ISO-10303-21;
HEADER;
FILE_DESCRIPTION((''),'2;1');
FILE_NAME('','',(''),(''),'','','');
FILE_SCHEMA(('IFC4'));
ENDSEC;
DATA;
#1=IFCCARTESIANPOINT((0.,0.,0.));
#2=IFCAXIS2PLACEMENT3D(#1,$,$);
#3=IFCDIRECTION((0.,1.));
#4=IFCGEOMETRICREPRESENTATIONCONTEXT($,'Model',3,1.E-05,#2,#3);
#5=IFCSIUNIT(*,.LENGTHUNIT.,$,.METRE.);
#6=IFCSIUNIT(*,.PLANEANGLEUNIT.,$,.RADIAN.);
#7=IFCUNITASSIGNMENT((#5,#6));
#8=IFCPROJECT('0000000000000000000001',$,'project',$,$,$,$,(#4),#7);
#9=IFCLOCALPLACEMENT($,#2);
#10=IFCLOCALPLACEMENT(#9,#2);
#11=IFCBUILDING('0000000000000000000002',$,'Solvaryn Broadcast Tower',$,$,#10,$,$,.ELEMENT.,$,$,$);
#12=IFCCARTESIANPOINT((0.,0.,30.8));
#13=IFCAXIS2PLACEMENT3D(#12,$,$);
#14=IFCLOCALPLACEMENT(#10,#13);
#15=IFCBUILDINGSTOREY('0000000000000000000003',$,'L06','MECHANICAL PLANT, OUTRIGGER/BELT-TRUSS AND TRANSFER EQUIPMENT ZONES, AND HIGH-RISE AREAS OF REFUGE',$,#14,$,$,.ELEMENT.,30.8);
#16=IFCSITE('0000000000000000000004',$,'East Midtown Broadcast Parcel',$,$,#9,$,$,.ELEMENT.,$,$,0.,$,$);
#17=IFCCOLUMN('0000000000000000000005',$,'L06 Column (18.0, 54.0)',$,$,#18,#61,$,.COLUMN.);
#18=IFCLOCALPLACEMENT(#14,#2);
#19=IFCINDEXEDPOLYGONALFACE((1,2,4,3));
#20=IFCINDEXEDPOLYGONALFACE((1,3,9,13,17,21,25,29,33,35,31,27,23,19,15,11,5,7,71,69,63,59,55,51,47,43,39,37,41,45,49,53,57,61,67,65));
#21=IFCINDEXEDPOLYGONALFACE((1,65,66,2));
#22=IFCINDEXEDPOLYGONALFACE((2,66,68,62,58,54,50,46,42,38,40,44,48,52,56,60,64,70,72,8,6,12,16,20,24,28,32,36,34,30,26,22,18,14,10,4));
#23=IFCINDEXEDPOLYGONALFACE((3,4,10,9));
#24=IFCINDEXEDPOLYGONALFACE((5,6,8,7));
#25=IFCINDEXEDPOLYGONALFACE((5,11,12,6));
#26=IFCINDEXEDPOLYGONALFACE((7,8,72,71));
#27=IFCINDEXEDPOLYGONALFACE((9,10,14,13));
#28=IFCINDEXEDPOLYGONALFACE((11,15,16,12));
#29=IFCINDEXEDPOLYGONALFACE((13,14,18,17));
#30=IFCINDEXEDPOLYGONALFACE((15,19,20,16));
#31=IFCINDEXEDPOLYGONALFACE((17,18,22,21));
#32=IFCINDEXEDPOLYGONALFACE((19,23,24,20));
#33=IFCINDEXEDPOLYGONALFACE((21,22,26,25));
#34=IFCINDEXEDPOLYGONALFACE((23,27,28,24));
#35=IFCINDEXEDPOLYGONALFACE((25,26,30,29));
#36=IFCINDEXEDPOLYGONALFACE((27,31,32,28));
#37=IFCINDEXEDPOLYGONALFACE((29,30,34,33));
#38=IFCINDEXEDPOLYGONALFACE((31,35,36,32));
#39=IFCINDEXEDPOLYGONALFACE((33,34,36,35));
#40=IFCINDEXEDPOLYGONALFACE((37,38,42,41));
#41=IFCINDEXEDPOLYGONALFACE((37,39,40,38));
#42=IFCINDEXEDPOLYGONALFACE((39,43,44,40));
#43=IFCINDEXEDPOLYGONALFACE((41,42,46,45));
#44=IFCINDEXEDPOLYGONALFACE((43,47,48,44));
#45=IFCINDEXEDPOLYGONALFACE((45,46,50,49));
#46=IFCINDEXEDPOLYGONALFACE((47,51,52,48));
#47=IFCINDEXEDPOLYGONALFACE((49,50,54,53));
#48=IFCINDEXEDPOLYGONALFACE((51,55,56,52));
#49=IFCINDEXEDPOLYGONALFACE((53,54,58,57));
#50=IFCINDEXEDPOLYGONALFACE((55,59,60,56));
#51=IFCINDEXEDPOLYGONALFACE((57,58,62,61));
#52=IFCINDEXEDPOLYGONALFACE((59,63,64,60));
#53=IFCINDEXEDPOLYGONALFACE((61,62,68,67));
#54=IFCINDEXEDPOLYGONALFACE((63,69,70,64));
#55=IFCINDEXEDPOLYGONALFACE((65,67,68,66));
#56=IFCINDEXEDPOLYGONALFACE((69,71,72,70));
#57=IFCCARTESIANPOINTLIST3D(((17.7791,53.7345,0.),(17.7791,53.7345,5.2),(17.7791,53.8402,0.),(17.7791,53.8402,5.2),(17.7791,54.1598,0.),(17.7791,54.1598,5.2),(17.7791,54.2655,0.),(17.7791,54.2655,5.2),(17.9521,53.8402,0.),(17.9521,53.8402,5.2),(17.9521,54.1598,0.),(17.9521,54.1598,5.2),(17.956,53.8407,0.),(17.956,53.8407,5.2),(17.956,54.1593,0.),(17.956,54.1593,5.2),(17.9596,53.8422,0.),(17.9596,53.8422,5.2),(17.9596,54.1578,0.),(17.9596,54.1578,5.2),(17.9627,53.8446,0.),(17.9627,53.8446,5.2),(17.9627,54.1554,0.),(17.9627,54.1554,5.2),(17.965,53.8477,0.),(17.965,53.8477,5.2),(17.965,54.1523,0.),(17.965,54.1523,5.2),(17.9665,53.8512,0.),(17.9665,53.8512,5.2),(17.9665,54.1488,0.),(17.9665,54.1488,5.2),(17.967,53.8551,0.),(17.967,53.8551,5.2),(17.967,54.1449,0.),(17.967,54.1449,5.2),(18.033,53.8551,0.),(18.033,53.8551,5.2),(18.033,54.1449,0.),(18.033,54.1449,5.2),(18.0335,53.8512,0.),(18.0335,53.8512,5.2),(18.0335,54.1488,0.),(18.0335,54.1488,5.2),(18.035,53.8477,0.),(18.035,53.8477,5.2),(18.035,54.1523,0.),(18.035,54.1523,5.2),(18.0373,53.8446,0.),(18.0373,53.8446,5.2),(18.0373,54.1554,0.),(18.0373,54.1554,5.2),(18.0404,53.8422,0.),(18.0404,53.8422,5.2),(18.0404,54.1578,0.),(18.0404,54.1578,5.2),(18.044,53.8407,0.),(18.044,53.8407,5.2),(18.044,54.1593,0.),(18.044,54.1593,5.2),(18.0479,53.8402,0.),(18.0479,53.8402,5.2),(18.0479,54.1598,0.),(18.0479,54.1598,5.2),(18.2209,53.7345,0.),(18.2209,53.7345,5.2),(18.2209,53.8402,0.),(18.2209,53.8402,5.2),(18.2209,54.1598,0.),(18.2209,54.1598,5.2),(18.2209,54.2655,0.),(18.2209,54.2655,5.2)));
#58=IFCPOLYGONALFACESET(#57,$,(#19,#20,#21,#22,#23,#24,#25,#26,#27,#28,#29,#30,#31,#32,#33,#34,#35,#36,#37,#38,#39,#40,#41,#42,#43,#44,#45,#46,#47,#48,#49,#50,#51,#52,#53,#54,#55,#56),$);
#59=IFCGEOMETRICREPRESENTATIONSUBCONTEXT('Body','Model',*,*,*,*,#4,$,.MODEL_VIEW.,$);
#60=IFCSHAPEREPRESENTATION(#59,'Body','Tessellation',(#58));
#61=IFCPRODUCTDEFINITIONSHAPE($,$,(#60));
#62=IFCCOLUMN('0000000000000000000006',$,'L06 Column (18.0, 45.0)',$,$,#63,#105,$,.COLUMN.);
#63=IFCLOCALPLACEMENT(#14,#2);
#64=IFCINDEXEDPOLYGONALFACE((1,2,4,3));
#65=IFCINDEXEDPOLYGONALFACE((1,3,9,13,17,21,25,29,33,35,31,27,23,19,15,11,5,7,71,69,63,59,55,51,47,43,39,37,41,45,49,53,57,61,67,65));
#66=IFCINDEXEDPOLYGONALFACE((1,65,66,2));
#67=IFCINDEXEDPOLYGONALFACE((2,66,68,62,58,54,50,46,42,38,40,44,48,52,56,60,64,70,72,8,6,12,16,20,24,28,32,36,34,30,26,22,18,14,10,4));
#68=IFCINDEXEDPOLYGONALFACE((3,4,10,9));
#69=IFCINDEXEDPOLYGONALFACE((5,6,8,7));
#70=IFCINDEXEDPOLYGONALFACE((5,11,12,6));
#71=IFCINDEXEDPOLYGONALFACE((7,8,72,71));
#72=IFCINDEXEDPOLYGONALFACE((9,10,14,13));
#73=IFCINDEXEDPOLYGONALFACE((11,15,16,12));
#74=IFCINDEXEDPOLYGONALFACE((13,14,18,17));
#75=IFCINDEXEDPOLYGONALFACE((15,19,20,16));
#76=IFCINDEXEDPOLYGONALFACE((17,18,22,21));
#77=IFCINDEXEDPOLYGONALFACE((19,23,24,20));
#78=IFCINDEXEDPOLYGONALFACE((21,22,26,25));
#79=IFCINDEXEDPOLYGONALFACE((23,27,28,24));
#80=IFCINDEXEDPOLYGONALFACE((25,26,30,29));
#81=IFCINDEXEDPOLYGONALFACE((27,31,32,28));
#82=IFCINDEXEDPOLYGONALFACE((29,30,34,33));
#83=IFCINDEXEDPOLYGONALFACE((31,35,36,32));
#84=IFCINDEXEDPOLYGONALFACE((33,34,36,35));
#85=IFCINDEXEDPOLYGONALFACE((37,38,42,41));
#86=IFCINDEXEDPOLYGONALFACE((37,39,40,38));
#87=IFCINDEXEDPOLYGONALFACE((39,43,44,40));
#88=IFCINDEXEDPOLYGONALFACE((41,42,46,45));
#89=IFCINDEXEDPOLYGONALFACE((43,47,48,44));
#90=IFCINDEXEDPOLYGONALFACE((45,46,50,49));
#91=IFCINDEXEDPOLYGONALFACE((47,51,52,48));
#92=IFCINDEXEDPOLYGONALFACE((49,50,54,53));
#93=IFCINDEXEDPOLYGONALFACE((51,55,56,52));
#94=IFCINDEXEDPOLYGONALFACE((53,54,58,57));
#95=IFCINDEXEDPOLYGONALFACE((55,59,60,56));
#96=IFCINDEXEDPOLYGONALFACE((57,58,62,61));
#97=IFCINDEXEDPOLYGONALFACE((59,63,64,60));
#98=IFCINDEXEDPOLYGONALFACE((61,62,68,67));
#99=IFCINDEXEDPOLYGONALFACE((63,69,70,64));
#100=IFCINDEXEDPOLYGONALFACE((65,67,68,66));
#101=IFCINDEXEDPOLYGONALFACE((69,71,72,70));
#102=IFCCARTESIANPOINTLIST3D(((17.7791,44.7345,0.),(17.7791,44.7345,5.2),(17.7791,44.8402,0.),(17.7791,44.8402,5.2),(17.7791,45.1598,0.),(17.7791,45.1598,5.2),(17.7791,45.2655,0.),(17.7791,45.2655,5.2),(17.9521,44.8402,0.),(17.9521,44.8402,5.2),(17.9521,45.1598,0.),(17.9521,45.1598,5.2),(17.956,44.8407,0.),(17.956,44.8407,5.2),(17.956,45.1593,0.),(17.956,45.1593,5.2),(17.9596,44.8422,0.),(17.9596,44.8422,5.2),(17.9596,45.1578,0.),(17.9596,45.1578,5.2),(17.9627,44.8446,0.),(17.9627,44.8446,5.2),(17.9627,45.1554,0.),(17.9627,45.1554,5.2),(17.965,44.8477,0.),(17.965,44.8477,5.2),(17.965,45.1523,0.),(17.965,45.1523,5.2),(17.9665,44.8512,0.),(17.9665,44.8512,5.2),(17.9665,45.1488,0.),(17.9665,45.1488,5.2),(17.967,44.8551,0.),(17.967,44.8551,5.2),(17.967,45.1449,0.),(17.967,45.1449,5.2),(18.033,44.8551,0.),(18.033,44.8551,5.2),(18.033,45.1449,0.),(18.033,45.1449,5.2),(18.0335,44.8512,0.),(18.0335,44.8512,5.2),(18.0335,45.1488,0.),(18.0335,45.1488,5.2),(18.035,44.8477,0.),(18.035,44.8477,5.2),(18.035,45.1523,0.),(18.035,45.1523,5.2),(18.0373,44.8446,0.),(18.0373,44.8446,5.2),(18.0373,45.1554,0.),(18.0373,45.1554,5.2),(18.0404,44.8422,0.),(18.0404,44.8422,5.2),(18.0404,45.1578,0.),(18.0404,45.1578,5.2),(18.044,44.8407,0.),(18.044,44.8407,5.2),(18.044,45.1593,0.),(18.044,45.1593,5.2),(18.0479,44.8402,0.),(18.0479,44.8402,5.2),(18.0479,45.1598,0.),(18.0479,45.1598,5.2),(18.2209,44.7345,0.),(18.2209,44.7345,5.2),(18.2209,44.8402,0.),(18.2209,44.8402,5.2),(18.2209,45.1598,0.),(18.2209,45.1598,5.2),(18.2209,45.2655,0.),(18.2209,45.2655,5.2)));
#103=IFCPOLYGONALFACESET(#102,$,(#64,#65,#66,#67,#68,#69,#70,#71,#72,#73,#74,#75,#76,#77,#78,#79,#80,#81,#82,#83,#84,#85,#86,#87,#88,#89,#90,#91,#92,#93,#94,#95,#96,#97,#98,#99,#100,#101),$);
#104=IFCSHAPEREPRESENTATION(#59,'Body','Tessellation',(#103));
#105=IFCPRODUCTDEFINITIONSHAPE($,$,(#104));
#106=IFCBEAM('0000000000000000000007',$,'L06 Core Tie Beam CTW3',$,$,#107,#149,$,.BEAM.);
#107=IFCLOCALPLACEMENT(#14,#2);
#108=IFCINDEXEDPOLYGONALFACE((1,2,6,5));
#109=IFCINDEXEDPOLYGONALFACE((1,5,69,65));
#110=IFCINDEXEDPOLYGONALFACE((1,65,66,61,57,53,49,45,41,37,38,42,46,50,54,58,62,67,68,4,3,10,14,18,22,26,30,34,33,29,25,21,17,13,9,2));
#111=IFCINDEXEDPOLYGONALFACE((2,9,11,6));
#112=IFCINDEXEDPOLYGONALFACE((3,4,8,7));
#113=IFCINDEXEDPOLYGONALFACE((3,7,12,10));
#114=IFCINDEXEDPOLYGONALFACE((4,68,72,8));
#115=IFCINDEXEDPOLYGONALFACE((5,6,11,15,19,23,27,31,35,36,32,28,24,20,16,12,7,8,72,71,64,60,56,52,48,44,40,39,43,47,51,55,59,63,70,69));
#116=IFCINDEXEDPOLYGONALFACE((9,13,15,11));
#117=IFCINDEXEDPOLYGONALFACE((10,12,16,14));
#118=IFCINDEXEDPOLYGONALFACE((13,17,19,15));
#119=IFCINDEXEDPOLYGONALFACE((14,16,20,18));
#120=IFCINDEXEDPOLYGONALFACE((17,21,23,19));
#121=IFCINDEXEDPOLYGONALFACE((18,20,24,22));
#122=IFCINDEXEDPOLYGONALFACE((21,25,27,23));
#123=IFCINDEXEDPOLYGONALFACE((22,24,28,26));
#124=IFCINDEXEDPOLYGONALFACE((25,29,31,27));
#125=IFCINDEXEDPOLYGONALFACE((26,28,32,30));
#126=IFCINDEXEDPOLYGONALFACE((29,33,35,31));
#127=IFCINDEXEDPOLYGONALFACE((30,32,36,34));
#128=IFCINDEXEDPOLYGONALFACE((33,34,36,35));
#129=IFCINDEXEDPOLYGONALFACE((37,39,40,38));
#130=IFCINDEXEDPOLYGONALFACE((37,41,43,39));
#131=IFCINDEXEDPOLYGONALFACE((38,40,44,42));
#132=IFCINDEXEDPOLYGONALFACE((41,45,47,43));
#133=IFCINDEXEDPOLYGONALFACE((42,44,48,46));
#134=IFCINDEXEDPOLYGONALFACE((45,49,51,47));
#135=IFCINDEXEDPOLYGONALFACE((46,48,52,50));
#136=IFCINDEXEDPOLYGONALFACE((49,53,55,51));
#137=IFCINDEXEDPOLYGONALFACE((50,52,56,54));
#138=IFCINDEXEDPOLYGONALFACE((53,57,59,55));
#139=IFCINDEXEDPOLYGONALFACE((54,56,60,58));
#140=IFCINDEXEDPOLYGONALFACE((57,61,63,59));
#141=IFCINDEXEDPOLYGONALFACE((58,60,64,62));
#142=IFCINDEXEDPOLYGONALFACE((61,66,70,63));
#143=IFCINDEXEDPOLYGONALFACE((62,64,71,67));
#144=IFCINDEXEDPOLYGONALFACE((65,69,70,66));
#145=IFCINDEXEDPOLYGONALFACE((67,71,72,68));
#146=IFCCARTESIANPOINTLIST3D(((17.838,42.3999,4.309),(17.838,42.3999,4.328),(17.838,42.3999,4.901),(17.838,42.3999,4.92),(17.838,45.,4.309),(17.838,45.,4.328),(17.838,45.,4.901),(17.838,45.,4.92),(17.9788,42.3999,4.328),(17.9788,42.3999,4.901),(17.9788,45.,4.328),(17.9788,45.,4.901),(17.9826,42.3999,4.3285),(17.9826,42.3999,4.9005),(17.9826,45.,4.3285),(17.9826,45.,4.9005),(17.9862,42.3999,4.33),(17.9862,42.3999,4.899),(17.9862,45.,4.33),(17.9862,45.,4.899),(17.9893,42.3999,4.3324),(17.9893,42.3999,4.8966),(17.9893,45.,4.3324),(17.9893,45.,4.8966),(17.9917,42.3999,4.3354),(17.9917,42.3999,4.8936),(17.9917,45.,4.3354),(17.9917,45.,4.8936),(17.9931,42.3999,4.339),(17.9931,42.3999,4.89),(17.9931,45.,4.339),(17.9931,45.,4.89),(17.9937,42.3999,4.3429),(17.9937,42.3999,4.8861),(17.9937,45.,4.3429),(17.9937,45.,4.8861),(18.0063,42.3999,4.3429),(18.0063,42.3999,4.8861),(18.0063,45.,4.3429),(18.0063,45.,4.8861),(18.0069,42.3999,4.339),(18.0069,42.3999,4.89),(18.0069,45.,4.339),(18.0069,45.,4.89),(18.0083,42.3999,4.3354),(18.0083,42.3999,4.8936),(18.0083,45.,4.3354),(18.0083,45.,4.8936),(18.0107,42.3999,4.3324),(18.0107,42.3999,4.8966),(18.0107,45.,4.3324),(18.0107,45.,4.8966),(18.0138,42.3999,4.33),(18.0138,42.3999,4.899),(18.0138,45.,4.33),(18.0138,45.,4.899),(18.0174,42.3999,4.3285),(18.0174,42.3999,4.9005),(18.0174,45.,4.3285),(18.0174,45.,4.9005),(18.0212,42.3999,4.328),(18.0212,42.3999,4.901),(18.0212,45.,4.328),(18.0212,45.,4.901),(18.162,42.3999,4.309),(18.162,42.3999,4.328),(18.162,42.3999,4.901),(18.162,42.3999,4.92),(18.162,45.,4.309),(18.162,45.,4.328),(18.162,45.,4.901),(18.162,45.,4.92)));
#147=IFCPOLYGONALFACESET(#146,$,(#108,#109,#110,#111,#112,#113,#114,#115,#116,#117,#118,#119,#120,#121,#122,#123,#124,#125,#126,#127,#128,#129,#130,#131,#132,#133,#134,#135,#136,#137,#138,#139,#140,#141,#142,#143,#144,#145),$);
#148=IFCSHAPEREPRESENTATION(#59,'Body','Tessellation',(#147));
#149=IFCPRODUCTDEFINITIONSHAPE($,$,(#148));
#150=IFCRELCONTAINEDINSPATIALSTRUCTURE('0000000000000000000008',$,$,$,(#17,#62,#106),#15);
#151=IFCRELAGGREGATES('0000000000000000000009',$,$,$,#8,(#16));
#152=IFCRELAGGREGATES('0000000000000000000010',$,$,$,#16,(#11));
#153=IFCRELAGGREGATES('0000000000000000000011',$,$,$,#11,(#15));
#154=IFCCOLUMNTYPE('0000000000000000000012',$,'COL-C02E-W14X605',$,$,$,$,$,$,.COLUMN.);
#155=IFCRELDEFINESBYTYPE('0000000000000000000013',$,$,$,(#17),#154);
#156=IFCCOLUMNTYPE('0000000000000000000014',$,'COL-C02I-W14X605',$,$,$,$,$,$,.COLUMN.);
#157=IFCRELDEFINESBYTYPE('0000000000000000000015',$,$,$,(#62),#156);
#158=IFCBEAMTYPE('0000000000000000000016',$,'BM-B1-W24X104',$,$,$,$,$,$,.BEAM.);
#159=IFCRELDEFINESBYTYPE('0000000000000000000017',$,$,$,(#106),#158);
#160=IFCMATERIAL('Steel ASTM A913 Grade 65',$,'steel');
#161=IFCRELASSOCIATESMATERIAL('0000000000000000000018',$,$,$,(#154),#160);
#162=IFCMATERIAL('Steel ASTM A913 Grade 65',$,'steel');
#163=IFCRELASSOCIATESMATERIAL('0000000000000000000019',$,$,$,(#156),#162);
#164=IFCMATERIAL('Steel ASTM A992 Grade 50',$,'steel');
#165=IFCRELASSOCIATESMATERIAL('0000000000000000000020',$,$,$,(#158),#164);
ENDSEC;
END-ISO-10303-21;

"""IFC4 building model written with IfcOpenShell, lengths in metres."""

from ifc_helpers import new_model, si_unit, direction, frame, origin, origin_2d, place, context, subcontext, project, spatial, i_section, extrude, material, material_profile, profile_set, type_object, element, save


model = new_model("IFC4")

# Units and contexts
model_context = context("Model", 3, precision=1e-05, world=origin(), true_north=direction((0.0, 1.0)))
body_context = subcontext(model_context, "Body", "Model", "MODEL_VIEW")
ifc_project = project(units=[si_unit("LENGTHUNIT", "METRE"), si_unit("PLANEANGLEUNIT", "RADIAN")], contexts=[model_context])

# Site, building, storey
site_placement = place(None, origin())
site = spatial("IfcSite", under=ifc_project, at=site_placement, Name="East Midtown Broadcast Parcel", CompositionType="ELEMENT", RefElevation=0.0)
building_placement = place(site_placement, origin())
building = spatial("IfcBuilding", under=site, at=building_placement, Name="Solvaryn Broadcast Tower", CompositionType="ELEMENT")
storey_placement = place(building_placement, frame((0.0, 0.0, 30.8)))
storey = spatial("IfcBuildingStorey", under=building, at=storey_placement, Name="L06", Description="MECHANICAL PLANT, OUTRIGGER/BELT-TRUSS AND TRANSFER EQUIPMENT ZONES, AND HIGH-RISE AREAS OF REFUGE", CompositionType="ELEMENT", Elevation=30.8)

# Columns
ifc_material_1 = material(Name="Steel ASTM A913 Grade 65", Category="steel")
ifc_material_profile_1 = material_profile(ifc_material_1, i_section(OverallWidth=0.4419, OverallDepth=0.531, WebThickness=0.0659, FlangeThickness=0.1057, FilletRadius=0.0149, at=origin_2d()))
ifc_profile_set_1 = profile_set([ifc_material_profile_1], Name="Steel ASTM A913 Grade 65")
column_type_1 = type_object("IfcColumnType", Name="COL-C02E-W14X605", PredefinedType="COLUMN", material=ifc_profile_set_1)
column_1_placement = place(storey_placement, frame((18.0, 54.0, 0.0), z_axis=(0.0, 0.0, 1.0), x_axis=(1.0, 0.0, 0.0)))
element("IfcColumn", 1, at=column_1_placement, inside=storey, type_object=column_type_1, Name="L06 Column (18.0, 54.0)", PredefinedType="COLUMN", context=body_context, shape_type="SweptSolid", body=[
    extrude(i_section(OverallWidth=0.4419, OverallDepth=0.531, WebThickness=0.0659, FlangeThickness=0.1057, FilletRadius=0.0149, at=origin_2d()), origin(), (0.0, 0.0, 1.0), 5.2),
])
ifc_material_2 = material(Name="Steel ASTM A913 Grade 65", Category="steel")
ifc_material_profile_2 = material_profile(ifc_material_2, i_section(OverallWidth=0.4419, OverallDepth=0.531, WebThickness=0.0659, FlangeThickness=0.1057, FilletRadius=0.0149, at=origin_2d()))
ifc_profile_set_2 = profile_set([ifc_material_profile_2], Name="Steel ASTM A913 Grade 65")
column_type_2 = type_object("IfcColumnType", Name="COL-C02I-W14X605", PredefinedType="COLUMN", material=ifc_profile_set_2)
column_2_placement = place(storey_placement, frame((18.0, 45.0, 0.0), z_axis=(0.0, 0.0, 1.0), x_axis=(1.0, 0.0, 0.0)))
element("IfcColumn", 2, at=column_2_placement, inside=storey, type_object=column_type_2, Name="L06 Column (18.0, 45.0)", PredefinedType="COLUMN", context=body_context, shape_type="SweptSolid", body=[
    extrude(i_section(OverallWidth=0.4419, OverallDepth=0.531, WebThickness=0.0659, FlangeThickness=0.1057, FilletRadius=0.0149, at=origin_2d()), origin(), (0.0, 0.0, 1.0), 5.2),
])

# Beam
ifc_material_3 = material(Name="Steel ASTM A992 Grade 50", Category="steel")
ifc_material_profile_3 = material_profile(ifc_material_3, i_section(OverallWidth=0.324, OverallDepth=0.6111, WebThickness=0.0127, FlangeThickness=0.019, FilletRadius=0.0149, at=origin_2d()))
ifc_profile_set_3 = profile_set([ifc_material_profile_3], Name="Steel ASTM A992 Grade 50")
beam_type_1 = type_object("IfcBeamType", Name="BM-B1-W24X104", PredefinedType="BEAM", material=ifc_profile_set_3)
beam_1_placement = place(storey_placement, frame((18.0, 42.3999, 4.6145), z_axis=(0.0, 1.0, 0.0), x_axis=(-1.0, 0.0, 0.0)))
element("IfcBeam", 3, at=beam_1_placement, inside=storey, type_object=beam_type_1, Name="L06 Core Tie Beam CTW3", PredefinedType="BEAM", context=body_context, shape_type="SweptSolid", body=[
    extrude(i_section(OverallWidth=0.324, OverallDepth=0.6111, WebThickness=0.0127, FlangeThickness=0.019, FilletRadius=0.0149, at=origin_2d()), origin(), (0.0, 0.0, 1.0), 2.6001),
])

save(model, "model.ifc")
